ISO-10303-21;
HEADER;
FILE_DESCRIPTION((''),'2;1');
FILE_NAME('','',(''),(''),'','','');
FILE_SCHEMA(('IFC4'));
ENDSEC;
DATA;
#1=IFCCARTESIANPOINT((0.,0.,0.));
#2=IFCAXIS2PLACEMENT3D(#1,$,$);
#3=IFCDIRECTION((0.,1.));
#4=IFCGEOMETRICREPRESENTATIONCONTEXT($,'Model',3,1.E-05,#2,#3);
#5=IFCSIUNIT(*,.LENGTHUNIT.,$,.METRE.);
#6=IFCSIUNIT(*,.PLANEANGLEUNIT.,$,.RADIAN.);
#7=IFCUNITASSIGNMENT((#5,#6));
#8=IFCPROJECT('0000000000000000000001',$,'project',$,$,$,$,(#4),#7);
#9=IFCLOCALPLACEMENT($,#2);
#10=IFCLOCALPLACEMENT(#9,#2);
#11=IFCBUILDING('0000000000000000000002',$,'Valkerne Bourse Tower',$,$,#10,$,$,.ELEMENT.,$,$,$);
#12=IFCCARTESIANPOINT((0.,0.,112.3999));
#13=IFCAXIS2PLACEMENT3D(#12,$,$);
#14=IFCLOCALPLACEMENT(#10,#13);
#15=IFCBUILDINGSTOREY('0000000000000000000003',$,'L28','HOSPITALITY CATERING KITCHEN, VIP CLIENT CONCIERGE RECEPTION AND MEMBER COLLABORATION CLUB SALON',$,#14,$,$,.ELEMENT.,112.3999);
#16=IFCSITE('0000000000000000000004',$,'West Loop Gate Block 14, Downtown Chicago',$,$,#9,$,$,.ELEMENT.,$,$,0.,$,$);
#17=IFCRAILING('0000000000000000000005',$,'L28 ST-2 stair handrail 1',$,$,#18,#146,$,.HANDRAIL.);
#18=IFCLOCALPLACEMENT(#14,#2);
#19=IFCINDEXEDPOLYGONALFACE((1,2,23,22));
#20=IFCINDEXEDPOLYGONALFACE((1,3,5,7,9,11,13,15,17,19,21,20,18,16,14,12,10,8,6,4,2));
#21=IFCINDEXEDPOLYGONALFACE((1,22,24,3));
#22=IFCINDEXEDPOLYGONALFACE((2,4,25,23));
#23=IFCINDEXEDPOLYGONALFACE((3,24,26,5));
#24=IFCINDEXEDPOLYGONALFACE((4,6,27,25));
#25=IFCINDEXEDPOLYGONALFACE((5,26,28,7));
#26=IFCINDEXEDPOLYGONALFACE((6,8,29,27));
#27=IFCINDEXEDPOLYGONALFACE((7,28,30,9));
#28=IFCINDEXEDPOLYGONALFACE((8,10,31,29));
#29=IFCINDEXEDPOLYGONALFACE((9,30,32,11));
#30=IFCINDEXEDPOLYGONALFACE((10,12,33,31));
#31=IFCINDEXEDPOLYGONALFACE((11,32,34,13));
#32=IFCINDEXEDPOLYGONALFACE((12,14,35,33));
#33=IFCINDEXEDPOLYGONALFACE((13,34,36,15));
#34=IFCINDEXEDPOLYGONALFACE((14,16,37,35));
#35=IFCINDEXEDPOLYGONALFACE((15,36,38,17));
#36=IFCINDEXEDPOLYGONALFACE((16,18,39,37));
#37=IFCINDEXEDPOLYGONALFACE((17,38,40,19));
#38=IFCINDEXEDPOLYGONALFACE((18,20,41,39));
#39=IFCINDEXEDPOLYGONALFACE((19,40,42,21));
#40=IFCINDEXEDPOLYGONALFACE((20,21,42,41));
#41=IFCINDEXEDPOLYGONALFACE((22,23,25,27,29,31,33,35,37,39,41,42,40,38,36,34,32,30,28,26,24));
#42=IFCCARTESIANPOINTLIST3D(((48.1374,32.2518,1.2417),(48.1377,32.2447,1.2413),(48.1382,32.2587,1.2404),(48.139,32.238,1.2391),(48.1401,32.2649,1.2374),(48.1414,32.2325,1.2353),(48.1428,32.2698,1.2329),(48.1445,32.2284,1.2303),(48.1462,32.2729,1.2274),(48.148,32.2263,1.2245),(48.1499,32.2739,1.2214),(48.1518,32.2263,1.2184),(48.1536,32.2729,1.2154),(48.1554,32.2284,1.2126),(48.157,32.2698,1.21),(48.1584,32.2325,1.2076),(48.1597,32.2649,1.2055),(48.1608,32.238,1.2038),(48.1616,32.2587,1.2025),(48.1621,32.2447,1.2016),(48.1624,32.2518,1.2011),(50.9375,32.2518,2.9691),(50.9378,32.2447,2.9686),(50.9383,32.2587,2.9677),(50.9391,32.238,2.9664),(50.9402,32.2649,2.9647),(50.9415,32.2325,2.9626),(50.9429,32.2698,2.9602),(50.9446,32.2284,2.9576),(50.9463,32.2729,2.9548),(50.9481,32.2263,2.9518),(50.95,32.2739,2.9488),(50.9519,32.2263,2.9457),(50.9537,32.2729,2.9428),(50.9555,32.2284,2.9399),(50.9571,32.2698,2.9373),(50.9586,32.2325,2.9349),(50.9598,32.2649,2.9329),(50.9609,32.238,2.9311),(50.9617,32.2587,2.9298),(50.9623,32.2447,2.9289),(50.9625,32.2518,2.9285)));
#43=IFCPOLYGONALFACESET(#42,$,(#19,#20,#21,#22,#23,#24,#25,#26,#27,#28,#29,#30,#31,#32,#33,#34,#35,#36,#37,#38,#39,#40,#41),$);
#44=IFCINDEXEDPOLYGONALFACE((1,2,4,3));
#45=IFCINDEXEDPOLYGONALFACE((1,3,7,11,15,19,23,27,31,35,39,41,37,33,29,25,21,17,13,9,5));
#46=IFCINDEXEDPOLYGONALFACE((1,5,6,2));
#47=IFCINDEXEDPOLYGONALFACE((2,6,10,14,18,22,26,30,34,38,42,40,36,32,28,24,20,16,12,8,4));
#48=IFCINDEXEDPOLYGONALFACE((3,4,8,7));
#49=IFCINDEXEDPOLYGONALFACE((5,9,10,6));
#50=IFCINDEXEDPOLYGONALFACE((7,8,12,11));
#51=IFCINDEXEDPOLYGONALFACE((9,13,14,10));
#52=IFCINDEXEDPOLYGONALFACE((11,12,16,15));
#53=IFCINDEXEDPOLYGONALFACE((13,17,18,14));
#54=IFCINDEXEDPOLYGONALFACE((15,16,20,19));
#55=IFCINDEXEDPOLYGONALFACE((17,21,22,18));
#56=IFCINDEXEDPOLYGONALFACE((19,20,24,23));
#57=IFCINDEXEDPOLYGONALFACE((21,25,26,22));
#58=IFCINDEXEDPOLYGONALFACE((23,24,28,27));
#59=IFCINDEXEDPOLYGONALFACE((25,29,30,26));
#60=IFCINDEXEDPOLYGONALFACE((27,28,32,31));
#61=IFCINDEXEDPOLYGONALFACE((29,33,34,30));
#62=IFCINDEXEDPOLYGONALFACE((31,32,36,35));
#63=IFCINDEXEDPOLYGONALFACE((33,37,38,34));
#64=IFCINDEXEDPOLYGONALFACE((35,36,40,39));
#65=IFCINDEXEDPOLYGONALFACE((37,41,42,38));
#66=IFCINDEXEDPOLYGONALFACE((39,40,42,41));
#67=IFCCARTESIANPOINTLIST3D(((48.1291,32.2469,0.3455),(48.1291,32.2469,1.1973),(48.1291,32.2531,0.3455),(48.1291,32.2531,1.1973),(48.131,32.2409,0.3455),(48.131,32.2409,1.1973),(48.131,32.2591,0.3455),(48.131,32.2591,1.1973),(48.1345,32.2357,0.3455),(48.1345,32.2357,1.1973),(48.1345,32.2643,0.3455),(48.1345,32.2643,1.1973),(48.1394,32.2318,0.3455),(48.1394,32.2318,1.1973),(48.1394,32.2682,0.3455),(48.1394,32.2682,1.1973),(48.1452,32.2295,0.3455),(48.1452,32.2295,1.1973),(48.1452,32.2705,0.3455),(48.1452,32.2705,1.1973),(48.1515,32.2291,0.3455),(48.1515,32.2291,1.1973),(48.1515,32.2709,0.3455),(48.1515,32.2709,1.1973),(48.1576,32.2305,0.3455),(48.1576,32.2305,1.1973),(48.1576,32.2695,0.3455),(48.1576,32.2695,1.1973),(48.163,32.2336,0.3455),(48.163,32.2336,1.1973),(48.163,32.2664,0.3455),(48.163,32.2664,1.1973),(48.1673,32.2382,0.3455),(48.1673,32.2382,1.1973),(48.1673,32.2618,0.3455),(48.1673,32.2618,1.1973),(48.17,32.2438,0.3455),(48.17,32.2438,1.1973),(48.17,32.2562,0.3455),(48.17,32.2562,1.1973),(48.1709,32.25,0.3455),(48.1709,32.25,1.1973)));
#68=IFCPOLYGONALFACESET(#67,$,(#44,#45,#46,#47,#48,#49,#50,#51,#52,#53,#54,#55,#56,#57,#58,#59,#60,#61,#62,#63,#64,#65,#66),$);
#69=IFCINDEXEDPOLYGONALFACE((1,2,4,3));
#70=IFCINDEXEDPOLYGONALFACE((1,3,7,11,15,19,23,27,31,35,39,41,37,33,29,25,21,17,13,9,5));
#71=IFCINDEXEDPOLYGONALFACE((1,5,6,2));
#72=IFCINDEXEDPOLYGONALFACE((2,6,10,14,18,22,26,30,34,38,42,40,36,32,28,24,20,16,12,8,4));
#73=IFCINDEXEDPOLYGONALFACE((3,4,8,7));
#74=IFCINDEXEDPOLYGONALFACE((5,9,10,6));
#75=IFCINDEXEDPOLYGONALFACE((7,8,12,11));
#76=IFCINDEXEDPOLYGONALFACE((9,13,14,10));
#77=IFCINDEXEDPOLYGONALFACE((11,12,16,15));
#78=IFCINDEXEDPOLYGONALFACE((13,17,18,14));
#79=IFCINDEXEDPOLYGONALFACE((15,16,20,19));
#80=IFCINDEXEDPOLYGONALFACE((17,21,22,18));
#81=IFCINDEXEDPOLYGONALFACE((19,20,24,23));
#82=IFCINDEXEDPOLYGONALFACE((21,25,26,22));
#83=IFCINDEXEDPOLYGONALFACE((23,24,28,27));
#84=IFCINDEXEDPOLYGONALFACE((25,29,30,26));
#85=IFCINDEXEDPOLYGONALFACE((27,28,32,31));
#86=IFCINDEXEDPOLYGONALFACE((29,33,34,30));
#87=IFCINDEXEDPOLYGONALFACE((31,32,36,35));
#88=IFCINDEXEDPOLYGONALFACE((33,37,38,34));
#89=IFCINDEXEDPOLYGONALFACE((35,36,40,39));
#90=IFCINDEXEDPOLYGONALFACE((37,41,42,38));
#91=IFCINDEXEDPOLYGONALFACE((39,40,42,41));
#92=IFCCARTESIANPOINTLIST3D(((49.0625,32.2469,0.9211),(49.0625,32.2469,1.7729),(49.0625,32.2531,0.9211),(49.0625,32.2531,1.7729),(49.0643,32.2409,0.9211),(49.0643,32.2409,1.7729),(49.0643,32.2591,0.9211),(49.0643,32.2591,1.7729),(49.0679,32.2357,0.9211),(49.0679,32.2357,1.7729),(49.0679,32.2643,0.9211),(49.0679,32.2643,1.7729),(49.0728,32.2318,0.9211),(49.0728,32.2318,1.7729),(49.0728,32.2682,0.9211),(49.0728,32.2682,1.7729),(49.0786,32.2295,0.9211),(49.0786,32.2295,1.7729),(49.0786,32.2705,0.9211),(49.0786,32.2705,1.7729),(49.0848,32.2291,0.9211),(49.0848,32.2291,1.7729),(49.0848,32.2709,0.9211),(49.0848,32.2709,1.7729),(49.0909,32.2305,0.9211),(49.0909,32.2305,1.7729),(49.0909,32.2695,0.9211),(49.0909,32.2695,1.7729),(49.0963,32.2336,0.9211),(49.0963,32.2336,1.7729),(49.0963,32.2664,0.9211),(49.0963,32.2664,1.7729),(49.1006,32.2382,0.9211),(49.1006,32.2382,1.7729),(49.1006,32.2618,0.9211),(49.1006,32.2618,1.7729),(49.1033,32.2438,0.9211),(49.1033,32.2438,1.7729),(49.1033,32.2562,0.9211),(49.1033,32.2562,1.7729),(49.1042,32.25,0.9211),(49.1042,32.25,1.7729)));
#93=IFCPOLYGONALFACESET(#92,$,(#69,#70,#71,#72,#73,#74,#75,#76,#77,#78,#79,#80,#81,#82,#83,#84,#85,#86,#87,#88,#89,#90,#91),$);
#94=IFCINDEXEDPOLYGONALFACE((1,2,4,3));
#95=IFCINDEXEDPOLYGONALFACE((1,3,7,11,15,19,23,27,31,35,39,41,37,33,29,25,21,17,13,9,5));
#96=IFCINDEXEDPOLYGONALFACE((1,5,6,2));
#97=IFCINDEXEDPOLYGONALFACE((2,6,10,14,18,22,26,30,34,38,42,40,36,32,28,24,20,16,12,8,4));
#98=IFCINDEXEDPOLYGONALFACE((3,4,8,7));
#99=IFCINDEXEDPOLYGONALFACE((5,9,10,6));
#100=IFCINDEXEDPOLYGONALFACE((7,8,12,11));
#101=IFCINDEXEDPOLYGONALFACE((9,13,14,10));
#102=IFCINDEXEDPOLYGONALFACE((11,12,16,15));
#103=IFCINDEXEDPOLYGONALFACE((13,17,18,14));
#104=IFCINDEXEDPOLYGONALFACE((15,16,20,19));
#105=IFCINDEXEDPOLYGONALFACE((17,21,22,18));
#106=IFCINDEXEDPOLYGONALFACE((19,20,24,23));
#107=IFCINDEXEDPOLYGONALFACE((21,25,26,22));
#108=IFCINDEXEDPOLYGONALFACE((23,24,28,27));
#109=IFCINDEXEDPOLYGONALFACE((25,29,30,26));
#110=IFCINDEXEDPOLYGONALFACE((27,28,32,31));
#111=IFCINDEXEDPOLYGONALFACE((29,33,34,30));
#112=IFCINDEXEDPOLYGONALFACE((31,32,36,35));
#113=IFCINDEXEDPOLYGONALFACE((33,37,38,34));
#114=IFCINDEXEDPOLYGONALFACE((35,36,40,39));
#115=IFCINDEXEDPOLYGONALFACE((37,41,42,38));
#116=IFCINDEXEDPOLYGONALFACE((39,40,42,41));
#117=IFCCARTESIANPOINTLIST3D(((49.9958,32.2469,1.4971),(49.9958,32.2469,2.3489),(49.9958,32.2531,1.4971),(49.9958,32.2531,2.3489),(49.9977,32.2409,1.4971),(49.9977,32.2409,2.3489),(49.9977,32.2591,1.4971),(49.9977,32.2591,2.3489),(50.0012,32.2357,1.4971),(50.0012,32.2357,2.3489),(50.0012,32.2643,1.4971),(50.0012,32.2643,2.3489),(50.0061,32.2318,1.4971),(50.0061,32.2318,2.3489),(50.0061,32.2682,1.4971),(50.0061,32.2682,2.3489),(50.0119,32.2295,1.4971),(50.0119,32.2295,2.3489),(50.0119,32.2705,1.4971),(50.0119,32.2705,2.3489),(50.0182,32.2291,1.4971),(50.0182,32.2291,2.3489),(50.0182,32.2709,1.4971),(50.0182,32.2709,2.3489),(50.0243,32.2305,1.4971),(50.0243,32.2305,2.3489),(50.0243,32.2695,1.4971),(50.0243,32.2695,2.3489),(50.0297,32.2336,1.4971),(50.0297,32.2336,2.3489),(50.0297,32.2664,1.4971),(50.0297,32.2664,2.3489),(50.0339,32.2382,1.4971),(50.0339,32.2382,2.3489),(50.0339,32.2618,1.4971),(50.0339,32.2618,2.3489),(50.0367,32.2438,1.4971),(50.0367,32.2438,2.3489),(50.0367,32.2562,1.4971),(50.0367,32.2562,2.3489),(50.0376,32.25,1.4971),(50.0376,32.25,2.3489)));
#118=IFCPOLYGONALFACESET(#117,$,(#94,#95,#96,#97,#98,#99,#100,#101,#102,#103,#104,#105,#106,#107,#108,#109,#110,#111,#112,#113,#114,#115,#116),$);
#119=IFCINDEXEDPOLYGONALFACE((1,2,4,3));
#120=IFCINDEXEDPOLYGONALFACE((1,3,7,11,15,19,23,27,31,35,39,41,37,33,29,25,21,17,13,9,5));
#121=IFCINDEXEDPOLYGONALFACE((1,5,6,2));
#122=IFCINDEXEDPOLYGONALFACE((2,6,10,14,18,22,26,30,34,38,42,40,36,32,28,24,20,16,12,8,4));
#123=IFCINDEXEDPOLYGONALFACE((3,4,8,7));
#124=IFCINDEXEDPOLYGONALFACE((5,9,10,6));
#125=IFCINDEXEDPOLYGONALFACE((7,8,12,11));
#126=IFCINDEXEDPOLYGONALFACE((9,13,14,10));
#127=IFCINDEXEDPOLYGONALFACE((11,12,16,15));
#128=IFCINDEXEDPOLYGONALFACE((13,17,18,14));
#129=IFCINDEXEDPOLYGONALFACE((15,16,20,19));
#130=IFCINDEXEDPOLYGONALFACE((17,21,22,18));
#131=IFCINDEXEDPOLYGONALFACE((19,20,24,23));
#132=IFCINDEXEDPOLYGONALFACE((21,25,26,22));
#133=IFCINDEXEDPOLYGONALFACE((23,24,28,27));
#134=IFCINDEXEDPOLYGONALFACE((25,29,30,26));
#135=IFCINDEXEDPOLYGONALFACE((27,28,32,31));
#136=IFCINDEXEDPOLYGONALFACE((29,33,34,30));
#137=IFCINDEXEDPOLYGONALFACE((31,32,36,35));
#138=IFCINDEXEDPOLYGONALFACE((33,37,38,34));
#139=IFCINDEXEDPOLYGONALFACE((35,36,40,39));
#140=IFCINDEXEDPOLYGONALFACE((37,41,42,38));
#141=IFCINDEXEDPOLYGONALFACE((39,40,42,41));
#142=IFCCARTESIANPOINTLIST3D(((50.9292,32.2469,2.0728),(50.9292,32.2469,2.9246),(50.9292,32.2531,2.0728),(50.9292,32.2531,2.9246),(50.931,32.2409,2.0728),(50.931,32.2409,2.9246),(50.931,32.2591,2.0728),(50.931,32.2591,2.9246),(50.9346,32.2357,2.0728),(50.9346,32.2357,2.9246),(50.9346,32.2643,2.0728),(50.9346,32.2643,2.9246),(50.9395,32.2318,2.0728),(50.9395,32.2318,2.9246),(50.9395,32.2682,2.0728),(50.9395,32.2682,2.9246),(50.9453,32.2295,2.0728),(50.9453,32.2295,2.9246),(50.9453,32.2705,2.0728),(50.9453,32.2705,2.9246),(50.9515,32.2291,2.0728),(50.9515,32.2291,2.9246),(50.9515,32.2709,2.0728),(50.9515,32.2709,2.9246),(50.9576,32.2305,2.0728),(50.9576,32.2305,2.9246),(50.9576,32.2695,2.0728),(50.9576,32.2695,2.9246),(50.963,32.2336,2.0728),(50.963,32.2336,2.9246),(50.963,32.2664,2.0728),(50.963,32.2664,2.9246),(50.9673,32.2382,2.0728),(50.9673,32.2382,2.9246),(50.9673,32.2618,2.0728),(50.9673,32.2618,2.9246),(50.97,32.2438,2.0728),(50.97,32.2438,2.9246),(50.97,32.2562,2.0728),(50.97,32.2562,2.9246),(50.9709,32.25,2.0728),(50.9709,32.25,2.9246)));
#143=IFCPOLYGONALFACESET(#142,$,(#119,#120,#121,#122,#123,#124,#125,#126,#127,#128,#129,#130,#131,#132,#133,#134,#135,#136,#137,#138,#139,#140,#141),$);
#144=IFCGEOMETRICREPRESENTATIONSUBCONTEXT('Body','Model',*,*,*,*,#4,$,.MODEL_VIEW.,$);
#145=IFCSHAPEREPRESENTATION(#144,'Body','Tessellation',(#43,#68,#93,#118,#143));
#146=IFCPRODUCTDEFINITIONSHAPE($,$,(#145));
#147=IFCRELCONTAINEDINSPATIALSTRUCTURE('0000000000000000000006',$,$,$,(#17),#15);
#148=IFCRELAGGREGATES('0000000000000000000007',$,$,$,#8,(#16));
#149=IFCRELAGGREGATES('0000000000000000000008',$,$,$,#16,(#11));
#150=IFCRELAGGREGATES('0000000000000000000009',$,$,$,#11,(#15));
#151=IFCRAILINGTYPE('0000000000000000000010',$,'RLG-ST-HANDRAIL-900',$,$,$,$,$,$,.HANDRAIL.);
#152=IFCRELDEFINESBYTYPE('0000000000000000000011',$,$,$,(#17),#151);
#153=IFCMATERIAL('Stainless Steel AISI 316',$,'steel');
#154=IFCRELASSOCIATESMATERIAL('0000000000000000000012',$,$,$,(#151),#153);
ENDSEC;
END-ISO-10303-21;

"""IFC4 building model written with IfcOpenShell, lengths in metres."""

from ifc_helpers import new_model, si_unit, direction, frame, origin, origin_2d, place, context, subcontext, project, spatial, circle, extrude, material, type_object, element, save


model = new_model("IFC4")

# Units and contexts
model_context = context("Model", 3, precision=1e-05, world=origin(), true_north=direction((0.0, 1.0)))
body_context = subcontext(model_context, "Body", "Model", "MODEL_VIEW")
ifc_project = project(units=[si_unit("LENGTHUNIT", "METRE"), si_unit("PLANEANGLEUNIT", "RADIAN")], contexts=[model_context])

# Site, building, storey
site_placement = place(None, origin())
site = spatial("IfcSite", under=ifc_project, at=site_placement, Name="West Loop Gate Block 14, Downtown Chicago", CompositionType="ELEMENT", RefElevation=0.0)
building_placement = place(site_placement, origin())
building = spatial("IfcBuilding", under=site, at=building_placement, Name="Valkerne Bourse Tower", CompositionType="ELEMENT")
storey_placement = place(building_placement, frame((0.0, 0.0, 112.3999)))
storey = spatial("IfcBuildingStorey", under=building, at=storey_placement, Name="L28", Description="HOSPITALITY CATERING KITCHEN, VIP CLIENT CONCIERGE RECEPTION AND MEMBER COLLABORATION CLUB SALON", CompositionType="ELEMENT", Elevation=112.3999)

# Shared definitions
ifc_material_1 = material(Name="Stainless Steel AISI 316", Category="steel")

# Railing
railing_type_1 = type_object("IfcRailingType", Name="RLG-ST-HANDRAIL-900", PredefinedType="HANDRAIL", material=ifc_material_1)
railing_1_placement = place(storey_placement, frame((48.1499, 32.25, 0.3455)))
element("IfcRailing", 1, at=railing_1_placement, inside=storey, type_object=railing_type_1, Name="L28 ST-2 stair handrail 1", PredefinedType="HANDRAIL", context=body_context, shape_type="SweptSolid", body=[
    extrude(circle(Radius=0.0239, at=origin_2d()), frame((0.0, 0.0, 0.876), z_axis=(0.85109, 0.0, 0.52502), x_axis=(0.0, 1.0, 0.0)), (0.0, 0.0, 1.0), 3.29),
    extrude(circle(Radius=0.021, at=origin_2d()), origin(), (0.0, 0.0, 1.0), 0.8518),
    extrude(circle(Radius=0.021, at=origin_2d()), frame((0.9333, 0.0, 0.5757)), (0.0, 0.0, 1.0), 0.8518),
    extrude(circle(Radius=0.021, at=origin_2d()), frame((1.8667, 0.0, 1.1516)), (0.0, 0.0, 1.0), 0.8518),
    extrude(circle(Radius=0.021, at=origin_2d()), frame((2.8, 0.0, 1.7273)), (0.0, 0.0, 1.0), 0.8518),
])

save(model, "model.ifc")
